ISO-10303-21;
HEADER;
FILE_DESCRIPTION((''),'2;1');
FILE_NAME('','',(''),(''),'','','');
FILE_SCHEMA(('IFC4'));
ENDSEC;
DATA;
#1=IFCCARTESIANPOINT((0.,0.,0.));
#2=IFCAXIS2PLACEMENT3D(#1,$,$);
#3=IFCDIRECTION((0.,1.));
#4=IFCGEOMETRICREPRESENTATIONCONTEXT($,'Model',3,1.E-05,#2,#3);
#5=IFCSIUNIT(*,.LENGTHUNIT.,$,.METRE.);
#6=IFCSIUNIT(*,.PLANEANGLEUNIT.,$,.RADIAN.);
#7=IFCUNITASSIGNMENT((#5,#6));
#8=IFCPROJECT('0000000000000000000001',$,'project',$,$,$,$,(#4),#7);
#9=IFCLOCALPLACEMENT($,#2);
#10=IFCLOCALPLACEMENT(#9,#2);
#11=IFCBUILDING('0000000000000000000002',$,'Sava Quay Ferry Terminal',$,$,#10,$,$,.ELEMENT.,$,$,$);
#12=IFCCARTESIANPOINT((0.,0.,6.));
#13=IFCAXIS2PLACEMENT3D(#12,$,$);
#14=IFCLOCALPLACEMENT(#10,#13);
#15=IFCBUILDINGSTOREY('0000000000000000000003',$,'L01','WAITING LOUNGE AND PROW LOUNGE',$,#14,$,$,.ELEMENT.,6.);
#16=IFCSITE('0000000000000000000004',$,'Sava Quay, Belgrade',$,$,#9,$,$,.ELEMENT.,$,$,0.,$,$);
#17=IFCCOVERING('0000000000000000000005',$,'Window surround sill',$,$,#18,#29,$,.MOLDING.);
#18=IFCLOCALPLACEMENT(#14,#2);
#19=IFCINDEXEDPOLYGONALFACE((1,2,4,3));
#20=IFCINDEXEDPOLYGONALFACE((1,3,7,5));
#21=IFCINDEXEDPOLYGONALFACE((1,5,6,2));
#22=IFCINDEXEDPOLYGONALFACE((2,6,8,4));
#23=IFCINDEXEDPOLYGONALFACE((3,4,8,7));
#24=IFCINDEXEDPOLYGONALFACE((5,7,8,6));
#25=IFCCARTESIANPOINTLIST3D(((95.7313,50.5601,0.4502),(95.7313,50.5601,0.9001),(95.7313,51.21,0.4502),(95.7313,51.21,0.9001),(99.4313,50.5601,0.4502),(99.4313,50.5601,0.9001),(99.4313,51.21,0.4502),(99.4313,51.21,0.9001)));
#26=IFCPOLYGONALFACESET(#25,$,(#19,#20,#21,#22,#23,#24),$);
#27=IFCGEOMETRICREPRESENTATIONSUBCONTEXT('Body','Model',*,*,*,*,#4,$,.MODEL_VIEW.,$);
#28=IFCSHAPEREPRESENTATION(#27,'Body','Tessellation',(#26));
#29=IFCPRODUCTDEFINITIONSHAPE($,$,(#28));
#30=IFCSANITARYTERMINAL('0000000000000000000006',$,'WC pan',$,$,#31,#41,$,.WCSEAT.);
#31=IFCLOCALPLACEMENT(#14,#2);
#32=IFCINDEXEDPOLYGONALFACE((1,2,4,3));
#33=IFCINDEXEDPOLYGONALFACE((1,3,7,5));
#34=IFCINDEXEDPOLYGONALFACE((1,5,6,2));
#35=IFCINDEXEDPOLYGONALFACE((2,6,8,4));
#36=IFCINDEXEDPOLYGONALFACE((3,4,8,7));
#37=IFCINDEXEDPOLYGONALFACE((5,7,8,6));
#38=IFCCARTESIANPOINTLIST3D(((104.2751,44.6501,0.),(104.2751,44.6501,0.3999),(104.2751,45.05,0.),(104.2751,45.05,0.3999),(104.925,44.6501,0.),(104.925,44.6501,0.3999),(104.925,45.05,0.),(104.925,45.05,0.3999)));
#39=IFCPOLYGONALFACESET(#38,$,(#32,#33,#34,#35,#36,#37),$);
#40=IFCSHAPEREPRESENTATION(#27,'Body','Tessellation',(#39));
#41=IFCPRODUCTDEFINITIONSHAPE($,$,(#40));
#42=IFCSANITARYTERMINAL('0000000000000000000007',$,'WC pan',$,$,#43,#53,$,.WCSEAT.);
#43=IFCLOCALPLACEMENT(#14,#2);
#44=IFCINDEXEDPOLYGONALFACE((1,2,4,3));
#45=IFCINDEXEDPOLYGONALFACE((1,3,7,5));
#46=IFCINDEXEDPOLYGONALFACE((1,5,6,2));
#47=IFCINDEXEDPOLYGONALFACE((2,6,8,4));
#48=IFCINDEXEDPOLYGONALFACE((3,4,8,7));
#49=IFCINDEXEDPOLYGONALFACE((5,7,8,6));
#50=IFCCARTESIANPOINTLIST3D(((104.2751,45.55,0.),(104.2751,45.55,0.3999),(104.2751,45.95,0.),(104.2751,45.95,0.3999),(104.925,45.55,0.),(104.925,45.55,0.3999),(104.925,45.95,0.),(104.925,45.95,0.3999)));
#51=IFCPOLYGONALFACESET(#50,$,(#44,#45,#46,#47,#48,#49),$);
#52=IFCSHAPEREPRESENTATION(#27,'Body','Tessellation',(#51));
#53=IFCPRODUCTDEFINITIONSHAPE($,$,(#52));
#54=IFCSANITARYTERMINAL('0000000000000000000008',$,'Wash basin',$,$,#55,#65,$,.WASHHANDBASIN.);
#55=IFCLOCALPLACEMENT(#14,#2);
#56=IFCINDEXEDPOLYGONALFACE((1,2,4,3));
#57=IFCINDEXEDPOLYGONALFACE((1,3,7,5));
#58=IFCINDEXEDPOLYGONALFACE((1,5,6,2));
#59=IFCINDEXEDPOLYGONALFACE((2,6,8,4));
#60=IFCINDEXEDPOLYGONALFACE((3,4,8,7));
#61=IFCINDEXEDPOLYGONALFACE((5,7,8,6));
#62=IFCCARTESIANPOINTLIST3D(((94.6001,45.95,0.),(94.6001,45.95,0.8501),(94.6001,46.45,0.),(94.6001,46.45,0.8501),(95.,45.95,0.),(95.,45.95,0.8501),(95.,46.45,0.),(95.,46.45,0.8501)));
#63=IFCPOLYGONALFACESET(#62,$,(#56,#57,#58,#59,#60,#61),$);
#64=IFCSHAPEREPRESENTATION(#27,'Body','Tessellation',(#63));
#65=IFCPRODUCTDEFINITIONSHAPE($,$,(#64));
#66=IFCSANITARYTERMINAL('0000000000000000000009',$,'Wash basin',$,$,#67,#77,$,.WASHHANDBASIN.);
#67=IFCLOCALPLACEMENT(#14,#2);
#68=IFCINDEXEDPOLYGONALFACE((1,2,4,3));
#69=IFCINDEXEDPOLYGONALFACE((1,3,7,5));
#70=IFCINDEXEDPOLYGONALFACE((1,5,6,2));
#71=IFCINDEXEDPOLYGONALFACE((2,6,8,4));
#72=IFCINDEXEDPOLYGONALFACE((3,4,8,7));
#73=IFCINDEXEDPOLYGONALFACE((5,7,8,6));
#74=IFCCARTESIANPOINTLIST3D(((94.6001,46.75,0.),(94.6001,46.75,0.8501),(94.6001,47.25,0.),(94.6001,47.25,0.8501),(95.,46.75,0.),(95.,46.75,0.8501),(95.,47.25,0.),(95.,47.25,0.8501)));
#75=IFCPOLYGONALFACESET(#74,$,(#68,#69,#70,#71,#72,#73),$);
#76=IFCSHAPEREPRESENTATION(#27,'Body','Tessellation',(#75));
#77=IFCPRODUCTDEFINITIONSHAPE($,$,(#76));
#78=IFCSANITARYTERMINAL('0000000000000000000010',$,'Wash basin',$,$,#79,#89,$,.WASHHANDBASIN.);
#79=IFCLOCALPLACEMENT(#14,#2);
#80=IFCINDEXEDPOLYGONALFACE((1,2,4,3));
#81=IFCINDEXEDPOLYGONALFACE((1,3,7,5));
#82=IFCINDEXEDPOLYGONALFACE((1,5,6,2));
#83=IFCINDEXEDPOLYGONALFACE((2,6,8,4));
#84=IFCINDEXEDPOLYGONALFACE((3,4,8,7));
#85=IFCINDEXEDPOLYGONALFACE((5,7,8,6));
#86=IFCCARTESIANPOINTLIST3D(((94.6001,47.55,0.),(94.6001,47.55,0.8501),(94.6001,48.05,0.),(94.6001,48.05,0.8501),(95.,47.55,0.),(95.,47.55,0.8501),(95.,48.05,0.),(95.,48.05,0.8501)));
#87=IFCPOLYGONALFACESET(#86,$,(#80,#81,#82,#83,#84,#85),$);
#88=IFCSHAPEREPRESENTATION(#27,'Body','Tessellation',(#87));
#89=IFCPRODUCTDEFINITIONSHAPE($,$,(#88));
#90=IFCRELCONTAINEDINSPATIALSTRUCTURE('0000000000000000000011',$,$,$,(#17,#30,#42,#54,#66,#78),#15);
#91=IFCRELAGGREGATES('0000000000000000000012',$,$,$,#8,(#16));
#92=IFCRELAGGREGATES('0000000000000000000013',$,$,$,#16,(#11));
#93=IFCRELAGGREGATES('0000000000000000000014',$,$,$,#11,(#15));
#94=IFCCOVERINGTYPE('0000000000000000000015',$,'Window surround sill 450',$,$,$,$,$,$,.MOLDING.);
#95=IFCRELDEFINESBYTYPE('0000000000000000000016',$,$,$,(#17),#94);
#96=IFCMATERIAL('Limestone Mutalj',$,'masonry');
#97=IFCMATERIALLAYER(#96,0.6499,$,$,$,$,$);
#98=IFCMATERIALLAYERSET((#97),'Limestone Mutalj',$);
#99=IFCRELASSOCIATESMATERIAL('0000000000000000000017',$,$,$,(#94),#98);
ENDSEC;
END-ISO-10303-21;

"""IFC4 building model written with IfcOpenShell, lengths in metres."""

from ifc_helpers import new_model, si_unit, direction, frame, origin, origin_2d, place, context, subcontext, project, spatial, rectangle, extrude, material, layer, layer_set, type_object, element, save


model = new_model("IFC4")

# Units and contexts
model_context = context("Model", 3, precision=1e-05, world=origin(), true_north=direction((0.0, 1.0)))
body_context = subcontext(model_context, "Body", "Model", "MODEL_VIEW")
ifc_project = project(units=[si_unit("LENGTHUNIT", "METRE"), si_unit("PLANEANGLEUNIT", "RADIAN")], contexts=[model_context])

# Site, building, storey
site_placement = place(None, origin())
site = spatial("IfcSite", under=ifc_project, at=site_placement, Name="Sava Quay, Belgrade", CompositionType="ELEMENT", RefElevation=0.0)
building_placement = place(site_placement, origin())
building = spatial("IfcBuilding", under=site, at=building_placement, Name="Sava Quay Ferry Terminal", CompositionType="ELEMENT")
storey_placement = place(building_placement, frame((0.0, 0.0, 6.0)))
storey = spatial("IfcBuildingStorey", under=building, at=storey_placement, Name="L01", Description="WAITING LOUNGE AND PROW LOUNGE", CompositionType="ELEMENT", Elevation=6.0)

# Covering
ifc_material_1 = material(Name="Limestone Mutalj", Category="masonry")
ifc_layer_1 = layer(ifc_material_1, 0.6499)
ifc_layer_set_1 = layer_set([ifc_layer_1], Name="Limestone Mutalj")
covering_type_1 = type_object("IfcCoveringType", Name="Window surround sill 450", PredefinedType="MOLDING", material=ifc_layer_set_1)
covering_1_placement = place(storey_placement, frame((97.5813, 50.885, 0.4502), z_axis=(0.0, 0.0, 1.0), x_axis=(1.0, 0.0, 0.0)))
element("IfcCovering", 1, at=covering_1_placement, inside=storey, type_object=covering_type_1, Name="Window surround sill", PredefinedType="MOLDING", context=body_context, shape_type="SweptSolid", body=[
    extrude(rectangle(XDim=3.7, YDim=0.6499, at=origin_2d()), origin(), (0.0, 0.0, 1.0), 0.45),
])

# Sanitary terminals
for number, where, z_axis, x_axis, name in (
    (2, (104.6001, 44.8501, 0.0), (0.0, 0.0, 1.0), (1.0, 0.0, 0.0), "WC pan"),
    (3, (104.6001, 45.75, 0.0), (0.0, 0.0, 1.0), (1.0, 0.0, 0.0), "WC pan"),
):
    element("IfcSanitaryTerminal", number, at=place(storey_placement, frame(where, z_axis=z_axis, x_axis=x_axis)), inside=storey, Name=name, PredefinedType="WCSEAT", context=body_context, shape_type="SweptSolid", body=[
        extrude(rectangle(XDim=0.6499, YDim=0.3999, at=origin_2d()), origin(), (0.0, 0.0, 1.0), 0.3999),
    ])
for number, where, z_axis, x_axis, name in (
    (4, (94.8, 46.2, 0.0), (0.0, 0.0, 1.0), (1.0, 0.0, 0.0), "Wash basin"),
    (5, (94.8, 47.0, 0.0), (0.0, 0.0, 1.0), (1.0, 0.0, 0.0), "Wash basin"),
    (6, (94.8, 47.8, 0.0), (0.0, 0.0, 1.0), (1.0, 0.0, 0.0), "Wash basin"),
):
    element("IfcSanitaryTerminal", number, at=place(storey_placement, frame(where, z_axis=z_axis, x_axis=x_axis)), inside=storey, Name=name, PredefinedType="WASHHANDBASIN", context=body_context, shape_type="SweptSolid", body=[
        extrude(rectangle(XDim=0.3999, YDim=0.5, at=origin_2d()), origin(), (0.0, 0.0, 1.0), 0.8501),
    ])

save(model, "model.ifc")
